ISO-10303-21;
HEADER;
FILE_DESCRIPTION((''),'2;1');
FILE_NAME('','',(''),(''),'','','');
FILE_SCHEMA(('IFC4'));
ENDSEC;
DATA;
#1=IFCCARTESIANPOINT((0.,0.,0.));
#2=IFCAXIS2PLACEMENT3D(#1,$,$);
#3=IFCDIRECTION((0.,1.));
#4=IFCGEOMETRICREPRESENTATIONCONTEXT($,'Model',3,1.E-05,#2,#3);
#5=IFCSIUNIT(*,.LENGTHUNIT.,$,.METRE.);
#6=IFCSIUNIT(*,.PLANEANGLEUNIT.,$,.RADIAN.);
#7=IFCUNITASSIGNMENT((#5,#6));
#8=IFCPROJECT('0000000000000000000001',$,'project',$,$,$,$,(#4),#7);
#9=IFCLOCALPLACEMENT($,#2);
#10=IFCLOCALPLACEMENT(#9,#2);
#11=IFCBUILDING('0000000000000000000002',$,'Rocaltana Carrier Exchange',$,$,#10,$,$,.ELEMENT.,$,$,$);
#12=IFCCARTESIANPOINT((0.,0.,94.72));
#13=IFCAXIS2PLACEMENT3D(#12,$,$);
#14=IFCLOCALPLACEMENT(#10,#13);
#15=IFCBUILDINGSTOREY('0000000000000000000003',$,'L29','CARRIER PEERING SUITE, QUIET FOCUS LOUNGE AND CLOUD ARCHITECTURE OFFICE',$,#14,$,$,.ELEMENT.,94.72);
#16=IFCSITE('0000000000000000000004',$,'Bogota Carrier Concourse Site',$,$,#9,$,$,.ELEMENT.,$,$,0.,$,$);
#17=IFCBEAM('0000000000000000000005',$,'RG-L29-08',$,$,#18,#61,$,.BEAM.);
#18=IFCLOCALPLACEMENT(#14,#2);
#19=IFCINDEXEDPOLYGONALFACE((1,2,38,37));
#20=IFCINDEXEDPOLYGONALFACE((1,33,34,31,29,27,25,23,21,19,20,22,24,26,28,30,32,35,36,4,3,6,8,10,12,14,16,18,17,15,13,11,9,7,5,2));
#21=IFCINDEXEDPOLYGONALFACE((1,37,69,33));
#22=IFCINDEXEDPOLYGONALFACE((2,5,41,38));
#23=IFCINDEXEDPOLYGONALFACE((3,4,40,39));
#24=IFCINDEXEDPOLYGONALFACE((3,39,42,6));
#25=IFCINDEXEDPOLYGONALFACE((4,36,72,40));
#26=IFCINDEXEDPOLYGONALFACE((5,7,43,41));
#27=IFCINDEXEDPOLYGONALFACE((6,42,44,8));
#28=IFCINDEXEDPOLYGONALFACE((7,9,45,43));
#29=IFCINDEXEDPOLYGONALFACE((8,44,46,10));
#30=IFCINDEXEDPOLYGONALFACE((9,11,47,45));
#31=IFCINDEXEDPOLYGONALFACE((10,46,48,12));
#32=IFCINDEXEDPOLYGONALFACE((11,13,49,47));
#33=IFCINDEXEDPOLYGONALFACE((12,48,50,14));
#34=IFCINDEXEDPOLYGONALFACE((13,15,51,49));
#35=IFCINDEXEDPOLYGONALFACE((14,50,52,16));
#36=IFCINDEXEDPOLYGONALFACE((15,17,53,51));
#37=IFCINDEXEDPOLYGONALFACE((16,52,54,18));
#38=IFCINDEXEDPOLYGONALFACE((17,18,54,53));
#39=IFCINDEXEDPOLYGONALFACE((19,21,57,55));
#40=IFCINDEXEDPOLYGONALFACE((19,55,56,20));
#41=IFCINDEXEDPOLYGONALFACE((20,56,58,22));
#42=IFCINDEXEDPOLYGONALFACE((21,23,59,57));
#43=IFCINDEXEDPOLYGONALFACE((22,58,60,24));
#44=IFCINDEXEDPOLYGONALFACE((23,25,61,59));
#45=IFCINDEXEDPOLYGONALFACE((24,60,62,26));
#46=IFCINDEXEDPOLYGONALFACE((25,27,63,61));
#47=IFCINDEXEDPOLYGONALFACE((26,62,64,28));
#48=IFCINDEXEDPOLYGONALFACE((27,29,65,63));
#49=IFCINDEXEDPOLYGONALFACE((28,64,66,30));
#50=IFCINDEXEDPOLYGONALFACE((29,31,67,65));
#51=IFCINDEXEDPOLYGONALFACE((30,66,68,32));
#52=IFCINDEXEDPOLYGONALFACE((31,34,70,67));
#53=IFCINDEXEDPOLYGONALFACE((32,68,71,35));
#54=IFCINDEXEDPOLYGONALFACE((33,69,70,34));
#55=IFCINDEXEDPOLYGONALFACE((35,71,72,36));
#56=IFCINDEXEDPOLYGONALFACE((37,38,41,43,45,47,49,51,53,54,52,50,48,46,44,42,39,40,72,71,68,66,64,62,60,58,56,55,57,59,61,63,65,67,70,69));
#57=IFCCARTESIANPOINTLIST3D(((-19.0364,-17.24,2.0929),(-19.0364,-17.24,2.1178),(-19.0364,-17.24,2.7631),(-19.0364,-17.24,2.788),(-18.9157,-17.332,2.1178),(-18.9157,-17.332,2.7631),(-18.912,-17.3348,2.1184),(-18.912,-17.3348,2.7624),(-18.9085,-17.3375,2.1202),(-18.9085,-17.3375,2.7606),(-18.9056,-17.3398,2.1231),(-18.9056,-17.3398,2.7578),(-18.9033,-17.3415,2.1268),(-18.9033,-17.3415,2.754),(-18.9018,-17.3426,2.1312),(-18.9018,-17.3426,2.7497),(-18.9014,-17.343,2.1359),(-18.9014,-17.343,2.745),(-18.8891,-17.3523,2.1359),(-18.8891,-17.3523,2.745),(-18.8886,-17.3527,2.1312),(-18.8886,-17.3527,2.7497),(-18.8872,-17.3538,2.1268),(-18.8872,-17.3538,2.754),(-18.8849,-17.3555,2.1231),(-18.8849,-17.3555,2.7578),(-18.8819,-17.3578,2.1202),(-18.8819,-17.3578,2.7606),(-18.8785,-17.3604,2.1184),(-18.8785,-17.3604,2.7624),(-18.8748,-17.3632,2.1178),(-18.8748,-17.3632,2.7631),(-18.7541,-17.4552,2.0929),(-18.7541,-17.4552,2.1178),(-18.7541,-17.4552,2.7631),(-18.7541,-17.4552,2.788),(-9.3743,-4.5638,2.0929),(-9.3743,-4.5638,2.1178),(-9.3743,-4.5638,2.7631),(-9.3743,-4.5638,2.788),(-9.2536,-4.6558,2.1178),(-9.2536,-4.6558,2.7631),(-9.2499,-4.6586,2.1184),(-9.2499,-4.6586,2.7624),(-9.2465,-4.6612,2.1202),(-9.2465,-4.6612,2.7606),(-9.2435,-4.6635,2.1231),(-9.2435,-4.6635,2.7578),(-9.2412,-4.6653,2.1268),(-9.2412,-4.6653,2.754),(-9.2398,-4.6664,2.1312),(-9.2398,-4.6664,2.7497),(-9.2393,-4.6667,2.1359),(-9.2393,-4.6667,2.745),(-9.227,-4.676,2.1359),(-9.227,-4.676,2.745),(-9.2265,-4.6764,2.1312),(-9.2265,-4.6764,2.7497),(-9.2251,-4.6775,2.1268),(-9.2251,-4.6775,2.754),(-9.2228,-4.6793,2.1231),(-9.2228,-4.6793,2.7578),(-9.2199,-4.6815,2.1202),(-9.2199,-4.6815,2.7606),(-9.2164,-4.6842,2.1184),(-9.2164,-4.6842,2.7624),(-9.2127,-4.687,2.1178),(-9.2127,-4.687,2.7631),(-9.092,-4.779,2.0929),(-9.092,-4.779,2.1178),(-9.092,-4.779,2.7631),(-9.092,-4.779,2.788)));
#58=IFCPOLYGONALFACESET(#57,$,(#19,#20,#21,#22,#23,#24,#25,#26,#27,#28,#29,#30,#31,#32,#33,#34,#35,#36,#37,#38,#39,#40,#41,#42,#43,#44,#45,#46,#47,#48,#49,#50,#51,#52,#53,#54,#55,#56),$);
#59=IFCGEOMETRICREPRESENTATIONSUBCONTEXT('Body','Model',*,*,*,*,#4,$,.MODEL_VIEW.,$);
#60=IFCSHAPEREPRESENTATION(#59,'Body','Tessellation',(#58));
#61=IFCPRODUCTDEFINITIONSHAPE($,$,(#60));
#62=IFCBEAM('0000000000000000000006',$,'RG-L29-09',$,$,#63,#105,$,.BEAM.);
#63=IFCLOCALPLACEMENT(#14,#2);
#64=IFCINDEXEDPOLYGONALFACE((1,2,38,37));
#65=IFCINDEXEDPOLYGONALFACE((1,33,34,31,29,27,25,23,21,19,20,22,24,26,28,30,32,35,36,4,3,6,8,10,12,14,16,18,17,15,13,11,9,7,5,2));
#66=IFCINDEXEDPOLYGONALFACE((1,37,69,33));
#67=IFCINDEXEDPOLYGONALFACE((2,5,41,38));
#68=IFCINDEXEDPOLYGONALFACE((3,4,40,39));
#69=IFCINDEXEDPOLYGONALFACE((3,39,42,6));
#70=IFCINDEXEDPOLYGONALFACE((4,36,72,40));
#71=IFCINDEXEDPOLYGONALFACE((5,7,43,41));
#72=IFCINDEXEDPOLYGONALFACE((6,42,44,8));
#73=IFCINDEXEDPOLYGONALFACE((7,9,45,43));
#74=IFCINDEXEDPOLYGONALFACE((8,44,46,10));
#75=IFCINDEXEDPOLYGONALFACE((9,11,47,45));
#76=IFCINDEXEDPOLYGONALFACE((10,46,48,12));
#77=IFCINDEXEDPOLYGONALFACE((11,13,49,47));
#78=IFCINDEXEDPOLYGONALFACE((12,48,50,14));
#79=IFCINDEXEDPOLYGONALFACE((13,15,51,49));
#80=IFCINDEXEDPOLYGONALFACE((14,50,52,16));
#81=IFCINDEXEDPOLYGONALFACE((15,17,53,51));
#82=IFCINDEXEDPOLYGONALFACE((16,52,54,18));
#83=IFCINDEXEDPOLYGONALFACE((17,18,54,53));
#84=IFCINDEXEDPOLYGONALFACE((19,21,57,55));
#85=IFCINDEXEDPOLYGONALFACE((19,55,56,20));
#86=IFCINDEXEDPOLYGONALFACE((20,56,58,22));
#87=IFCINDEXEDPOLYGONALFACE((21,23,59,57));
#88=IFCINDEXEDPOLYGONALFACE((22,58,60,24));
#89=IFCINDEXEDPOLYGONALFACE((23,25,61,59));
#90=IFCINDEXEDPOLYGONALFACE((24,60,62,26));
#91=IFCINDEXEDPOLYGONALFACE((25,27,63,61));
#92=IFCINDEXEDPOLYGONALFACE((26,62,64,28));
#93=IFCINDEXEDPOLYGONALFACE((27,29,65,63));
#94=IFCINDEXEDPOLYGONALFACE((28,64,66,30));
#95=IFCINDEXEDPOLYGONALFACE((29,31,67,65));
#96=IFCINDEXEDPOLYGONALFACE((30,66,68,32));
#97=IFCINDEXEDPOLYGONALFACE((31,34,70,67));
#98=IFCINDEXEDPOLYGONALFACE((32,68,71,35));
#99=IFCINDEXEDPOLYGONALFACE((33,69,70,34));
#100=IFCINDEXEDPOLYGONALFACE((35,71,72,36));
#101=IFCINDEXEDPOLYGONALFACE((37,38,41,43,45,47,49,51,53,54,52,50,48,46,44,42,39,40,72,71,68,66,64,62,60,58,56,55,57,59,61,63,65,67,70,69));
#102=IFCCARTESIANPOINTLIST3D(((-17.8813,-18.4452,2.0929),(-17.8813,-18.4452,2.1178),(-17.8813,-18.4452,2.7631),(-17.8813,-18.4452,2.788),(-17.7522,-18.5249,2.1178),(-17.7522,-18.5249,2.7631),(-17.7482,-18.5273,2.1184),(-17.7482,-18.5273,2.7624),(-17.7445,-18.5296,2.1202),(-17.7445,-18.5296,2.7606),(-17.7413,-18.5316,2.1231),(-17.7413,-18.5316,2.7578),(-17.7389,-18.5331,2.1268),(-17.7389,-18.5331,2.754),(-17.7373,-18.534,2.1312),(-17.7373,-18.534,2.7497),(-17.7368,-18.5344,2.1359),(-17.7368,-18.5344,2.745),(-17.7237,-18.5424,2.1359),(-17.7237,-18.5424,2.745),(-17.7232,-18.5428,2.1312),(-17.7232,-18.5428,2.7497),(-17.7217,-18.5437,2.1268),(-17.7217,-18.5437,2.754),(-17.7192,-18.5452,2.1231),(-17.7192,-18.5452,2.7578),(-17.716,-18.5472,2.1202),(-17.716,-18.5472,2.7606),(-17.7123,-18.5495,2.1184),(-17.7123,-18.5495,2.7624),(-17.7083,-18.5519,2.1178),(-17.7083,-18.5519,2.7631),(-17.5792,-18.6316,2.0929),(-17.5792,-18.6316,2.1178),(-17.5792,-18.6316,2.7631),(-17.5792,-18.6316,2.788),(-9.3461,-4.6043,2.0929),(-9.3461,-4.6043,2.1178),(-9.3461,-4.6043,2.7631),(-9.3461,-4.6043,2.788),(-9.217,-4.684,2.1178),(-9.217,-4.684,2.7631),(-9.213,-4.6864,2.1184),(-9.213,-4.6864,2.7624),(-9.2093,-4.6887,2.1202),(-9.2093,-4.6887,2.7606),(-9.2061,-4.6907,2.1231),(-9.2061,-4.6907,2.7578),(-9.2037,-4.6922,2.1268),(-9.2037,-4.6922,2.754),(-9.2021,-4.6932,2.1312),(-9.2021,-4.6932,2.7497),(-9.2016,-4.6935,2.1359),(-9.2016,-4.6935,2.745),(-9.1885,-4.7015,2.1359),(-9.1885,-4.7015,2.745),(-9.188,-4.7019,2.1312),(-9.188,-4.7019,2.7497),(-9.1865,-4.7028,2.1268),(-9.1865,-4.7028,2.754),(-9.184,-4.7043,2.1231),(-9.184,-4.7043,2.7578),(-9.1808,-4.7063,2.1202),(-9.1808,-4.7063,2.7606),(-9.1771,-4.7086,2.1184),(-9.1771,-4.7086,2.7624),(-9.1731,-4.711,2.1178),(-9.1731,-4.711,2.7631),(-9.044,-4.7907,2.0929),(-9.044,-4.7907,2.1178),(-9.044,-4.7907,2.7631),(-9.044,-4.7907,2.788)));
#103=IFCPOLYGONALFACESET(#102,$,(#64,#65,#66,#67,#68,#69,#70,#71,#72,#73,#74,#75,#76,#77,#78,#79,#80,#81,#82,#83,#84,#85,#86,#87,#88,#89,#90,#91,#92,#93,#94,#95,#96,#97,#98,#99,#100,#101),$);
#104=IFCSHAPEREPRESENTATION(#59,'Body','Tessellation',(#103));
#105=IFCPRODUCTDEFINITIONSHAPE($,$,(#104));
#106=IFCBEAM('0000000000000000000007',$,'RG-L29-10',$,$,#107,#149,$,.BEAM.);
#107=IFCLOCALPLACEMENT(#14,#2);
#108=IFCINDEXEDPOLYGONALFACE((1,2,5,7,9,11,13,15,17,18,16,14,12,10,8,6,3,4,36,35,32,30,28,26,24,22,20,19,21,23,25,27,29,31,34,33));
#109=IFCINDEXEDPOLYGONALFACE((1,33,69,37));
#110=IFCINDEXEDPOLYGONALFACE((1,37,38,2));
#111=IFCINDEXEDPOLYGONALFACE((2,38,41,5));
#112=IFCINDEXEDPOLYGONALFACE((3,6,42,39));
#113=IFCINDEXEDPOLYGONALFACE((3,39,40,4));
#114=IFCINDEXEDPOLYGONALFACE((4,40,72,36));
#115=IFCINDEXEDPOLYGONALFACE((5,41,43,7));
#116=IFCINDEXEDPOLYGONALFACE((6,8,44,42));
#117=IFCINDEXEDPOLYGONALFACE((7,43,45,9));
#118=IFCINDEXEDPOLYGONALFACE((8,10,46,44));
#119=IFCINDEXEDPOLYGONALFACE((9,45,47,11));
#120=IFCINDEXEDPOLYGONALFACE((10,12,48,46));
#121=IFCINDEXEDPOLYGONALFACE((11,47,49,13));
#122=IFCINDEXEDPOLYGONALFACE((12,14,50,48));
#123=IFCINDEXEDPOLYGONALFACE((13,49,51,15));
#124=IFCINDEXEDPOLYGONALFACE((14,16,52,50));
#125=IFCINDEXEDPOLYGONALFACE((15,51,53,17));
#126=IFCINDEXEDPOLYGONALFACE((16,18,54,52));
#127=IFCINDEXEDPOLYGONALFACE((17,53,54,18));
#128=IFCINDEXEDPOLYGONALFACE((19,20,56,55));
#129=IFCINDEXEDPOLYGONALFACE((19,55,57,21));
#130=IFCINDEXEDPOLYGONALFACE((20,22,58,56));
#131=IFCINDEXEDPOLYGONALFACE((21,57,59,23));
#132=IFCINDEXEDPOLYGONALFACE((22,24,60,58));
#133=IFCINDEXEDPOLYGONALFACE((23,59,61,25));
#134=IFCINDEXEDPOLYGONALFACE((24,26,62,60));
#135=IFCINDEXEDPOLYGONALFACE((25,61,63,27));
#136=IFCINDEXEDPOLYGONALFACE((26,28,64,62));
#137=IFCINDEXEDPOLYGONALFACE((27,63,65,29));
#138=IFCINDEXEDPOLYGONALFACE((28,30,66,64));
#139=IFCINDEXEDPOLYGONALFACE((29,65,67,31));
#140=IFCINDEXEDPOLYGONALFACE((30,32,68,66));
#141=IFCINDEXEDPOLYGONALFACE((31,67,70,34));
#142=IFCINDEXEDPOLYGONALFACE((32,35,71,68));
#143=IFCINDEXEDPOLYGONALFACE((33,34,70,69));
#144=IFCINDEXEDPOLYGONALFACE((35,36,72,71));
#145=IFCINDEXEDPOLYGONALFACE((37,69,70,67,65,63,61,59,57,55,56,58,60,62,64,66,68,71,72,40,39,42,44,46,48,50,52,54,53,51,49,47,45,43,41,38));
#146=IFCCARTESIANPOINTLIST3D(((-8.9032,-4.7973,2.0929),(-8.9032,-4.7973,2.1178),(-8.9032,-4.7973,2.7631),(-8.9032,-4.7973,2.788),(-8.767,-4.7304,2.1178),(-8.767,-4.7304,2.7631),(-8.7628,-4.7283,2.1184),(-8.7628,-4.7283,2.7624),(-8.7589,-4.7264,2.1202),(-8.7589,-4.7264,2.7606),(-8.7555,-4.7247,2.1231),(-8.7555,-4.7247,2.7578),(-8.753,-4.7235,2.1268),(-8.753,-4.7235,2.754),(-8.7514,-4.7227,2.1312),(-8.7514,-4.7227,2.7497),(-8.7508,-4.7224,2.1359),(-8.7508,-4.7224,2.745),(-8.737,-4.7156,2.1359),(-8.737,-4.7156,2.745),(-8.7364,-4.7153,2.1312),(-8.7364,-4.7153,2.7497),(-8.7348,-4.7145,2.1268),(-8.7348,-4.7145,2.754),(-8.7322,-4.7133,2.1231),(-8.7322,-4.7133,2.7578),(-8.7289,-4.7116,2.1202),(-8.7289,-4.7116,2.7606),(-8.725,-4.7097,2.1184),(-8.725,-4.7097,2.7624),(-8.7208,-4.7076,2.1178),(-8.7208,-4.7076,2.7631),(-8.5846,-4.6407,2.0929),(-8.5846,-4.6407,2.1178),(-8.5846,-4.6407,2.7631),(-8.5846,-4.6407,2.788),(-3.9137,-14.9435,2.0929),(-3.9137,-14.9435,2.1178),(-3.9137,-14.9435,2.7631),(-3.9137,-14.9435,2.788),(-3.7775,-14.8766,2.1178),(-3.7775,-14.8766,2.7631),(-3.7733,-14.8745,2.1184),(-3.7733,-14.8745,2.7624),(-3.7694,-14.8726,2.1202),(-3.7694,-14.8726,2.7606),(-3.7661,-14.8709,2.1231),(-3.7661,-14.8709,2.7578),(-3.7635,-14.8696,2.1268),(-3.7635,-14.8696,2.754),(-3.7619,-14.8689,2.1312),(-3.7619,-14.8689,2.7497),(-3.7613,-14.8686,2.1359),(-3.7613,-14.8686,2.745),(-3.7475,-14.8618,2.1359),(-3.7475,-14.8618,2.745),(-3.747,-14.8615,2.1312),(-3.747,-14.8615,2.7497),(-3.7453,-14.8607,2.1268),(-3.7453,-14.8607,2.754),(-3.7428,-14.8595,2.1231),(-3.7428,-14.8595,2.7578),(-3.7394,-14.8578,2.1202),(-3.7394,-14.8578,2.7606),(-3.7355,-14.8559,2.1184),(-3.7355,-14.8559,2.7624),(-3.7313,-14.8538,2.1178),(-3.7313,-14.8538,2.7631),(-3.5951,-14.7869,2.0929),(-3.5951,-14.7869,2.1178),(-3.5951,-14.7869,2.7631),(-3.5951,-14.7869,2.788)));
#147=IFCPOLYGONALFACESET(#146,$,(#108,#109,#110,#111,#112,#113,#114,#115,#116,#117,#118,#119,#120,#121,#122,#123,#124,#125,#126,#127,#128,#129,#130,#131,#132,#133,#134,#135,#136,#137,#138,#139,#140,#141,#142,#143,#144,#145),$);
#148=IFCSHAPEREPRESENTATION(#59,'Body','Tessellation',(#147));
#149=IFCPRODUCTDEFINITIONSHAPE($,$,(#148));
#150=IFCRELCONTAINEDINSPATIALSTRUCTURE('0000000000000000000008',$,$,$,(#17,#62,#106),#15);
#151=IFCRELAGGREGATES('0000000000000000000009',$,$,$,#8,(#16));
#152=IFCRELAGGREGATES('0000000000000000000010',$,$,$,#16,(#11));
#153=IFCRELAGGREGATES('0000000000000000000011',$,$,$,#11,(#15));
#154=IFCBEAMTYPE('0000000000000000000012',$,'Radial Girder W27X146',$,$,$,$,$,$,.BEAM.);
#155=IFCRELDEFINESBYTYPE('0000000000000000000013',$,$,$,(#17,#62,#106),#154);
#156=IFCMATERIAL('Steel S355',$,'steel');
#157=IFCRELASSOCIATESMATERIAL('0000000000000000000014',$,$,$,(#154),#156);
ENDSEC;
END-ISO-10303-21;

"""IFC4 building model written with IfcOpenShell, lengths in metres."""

from ifc_helpers import new_model, si_unit, direction, frame, origin, origin_2d, place, context, subcontext, project, spatial, i_section, extrude, material, material_profile, profile_set, type_object, element, save


model = new_model("IFC4")

# Units and contexts
model_context = context("Model", 3, precision=1e-05, world=origin(), true_north=direction((0.0, 1.0)))
body_context = subcontext(model_context, "Body", "Model", "MODEL_VIEW")
ifc_project = project(units=[si_unit("LENGTHUNIT", "METRE"), si_unit("PLANEANGLEUNIT", "RADIAN")], contexts=[model_context])

# Site, building, storey
site_placement = place(None, origin())
site = spatial("IfcSite", under=ifc_project, at=site_placement, Name="Bogota Carrier Concourse Site", CompositionType="ELEMENT", RefElevation=0.0)
building_placement = place(site_placement, origin())
building = spatial("IfcBuilding", under=site, at=building_placement, Name="Rocaltana Carrier Exchange", CompositionType="ELEMENT")
storey_placement = place(building_placement, frame((0.0, 0.0, 94.72)))
storey = spatial("IfcBuildingStorey", under=building, at=storey_placement, Name="L29", Description="CARRIER PEERING SUITE, QUIET FOCUS LOUNGE AND CLOUD ARCHITECTURE OFFICE", CompositionType="ELEMENT", Elevation=94.72)

# Beams
ifc_material_1 = material(Name="Steel S355", Category="steel")
ifc_material_profile_1 = material_profile(ifc_material_1, i_section(OverallWidth=0.355, OverallDepth=0.6951, WebThickness=0.0154, FlangeThickness=0.0249, FilletRadius=0.0181, at=origin_2d()), Name="W27X146")
ifc_profile_set_1 = profile_set([ifc_material_profile_1], Name="Steel S355")
beam_type = type_object("IfcBeamType", Name="Radial Girder W27X146", PredefinedType="BEAM", material=ifc_profile_set_1)
beam_1_placement = place(storey_placement, frame((-9.2332, -4.6714, 2.4404), z_axis=(-0.606202, -0.795311, 0.0), x_axis=(0.795311, -0.606202, 0.0)))
element("IfcBeam", 1, at=beam_1_placement, inside=storey, type_object=beam_type, Name="RG-L29-08", PredefinedType="BEAM", context=body_context, shape_type="SweptSolid", body=[
    extrude(i_section(OverallWidth=0.355, OverallDepth=0.6951, WebThickness=0.0154, FlangeThickness=0.0249, FilletRadius=0.0181, at=origin_2d()), origin(), (0.0, 0.0, 1.0), 15.9387),
])
beam_2_placement = place(storey_placement, frame((-9.1951, -4.6975, 2.4404), z_axis=(-0.524888, -0.851171, 0.0), x_axis=(0.851171, -0.524888, 0.0)))
element("IfcBeam", 2, at=beam_2_placement, inside=storey, type_object=beam_type, Name="RG-L29-09", PredefinedType="BEAM", context=body_context, shape_type="SweptSolid", body=[
    extrude(i_section(OverallWidth=0.355, OverallDepth=0.6951, WebThickness=0.0154, FlangeThickness=0.0249, FilletRadius=0.0181, at=origin_2d()), origin(), (0.0, 0.0, 1.0), 16.261),
])
beam_3_placement = place(storey_placement, frame((-8.7439, -4.719, 2.4404), z_axis=(0.441287, -0.897366, 0.0), x_axis=(0.897366, 0.441287, 0.0)))
element("IfcBeam", 3, at=beam_3_placement, inside=storey, type_object=beam_type, Name="RG-L29-10", PredefinedType="BEAM", context=body_context, shape_type="SweptSolid", body=[
    extrude(i_section(OverallWidth=0.355, OverallDepth=0.6951, WebThickness=0.0154, FlangeThickness=0.0249, FilletRadius=0.0181, at=origin_2d()), origin(), (0.0, 0.0, 1.0), 11.3066),
])

save(model, "model.ifc")
